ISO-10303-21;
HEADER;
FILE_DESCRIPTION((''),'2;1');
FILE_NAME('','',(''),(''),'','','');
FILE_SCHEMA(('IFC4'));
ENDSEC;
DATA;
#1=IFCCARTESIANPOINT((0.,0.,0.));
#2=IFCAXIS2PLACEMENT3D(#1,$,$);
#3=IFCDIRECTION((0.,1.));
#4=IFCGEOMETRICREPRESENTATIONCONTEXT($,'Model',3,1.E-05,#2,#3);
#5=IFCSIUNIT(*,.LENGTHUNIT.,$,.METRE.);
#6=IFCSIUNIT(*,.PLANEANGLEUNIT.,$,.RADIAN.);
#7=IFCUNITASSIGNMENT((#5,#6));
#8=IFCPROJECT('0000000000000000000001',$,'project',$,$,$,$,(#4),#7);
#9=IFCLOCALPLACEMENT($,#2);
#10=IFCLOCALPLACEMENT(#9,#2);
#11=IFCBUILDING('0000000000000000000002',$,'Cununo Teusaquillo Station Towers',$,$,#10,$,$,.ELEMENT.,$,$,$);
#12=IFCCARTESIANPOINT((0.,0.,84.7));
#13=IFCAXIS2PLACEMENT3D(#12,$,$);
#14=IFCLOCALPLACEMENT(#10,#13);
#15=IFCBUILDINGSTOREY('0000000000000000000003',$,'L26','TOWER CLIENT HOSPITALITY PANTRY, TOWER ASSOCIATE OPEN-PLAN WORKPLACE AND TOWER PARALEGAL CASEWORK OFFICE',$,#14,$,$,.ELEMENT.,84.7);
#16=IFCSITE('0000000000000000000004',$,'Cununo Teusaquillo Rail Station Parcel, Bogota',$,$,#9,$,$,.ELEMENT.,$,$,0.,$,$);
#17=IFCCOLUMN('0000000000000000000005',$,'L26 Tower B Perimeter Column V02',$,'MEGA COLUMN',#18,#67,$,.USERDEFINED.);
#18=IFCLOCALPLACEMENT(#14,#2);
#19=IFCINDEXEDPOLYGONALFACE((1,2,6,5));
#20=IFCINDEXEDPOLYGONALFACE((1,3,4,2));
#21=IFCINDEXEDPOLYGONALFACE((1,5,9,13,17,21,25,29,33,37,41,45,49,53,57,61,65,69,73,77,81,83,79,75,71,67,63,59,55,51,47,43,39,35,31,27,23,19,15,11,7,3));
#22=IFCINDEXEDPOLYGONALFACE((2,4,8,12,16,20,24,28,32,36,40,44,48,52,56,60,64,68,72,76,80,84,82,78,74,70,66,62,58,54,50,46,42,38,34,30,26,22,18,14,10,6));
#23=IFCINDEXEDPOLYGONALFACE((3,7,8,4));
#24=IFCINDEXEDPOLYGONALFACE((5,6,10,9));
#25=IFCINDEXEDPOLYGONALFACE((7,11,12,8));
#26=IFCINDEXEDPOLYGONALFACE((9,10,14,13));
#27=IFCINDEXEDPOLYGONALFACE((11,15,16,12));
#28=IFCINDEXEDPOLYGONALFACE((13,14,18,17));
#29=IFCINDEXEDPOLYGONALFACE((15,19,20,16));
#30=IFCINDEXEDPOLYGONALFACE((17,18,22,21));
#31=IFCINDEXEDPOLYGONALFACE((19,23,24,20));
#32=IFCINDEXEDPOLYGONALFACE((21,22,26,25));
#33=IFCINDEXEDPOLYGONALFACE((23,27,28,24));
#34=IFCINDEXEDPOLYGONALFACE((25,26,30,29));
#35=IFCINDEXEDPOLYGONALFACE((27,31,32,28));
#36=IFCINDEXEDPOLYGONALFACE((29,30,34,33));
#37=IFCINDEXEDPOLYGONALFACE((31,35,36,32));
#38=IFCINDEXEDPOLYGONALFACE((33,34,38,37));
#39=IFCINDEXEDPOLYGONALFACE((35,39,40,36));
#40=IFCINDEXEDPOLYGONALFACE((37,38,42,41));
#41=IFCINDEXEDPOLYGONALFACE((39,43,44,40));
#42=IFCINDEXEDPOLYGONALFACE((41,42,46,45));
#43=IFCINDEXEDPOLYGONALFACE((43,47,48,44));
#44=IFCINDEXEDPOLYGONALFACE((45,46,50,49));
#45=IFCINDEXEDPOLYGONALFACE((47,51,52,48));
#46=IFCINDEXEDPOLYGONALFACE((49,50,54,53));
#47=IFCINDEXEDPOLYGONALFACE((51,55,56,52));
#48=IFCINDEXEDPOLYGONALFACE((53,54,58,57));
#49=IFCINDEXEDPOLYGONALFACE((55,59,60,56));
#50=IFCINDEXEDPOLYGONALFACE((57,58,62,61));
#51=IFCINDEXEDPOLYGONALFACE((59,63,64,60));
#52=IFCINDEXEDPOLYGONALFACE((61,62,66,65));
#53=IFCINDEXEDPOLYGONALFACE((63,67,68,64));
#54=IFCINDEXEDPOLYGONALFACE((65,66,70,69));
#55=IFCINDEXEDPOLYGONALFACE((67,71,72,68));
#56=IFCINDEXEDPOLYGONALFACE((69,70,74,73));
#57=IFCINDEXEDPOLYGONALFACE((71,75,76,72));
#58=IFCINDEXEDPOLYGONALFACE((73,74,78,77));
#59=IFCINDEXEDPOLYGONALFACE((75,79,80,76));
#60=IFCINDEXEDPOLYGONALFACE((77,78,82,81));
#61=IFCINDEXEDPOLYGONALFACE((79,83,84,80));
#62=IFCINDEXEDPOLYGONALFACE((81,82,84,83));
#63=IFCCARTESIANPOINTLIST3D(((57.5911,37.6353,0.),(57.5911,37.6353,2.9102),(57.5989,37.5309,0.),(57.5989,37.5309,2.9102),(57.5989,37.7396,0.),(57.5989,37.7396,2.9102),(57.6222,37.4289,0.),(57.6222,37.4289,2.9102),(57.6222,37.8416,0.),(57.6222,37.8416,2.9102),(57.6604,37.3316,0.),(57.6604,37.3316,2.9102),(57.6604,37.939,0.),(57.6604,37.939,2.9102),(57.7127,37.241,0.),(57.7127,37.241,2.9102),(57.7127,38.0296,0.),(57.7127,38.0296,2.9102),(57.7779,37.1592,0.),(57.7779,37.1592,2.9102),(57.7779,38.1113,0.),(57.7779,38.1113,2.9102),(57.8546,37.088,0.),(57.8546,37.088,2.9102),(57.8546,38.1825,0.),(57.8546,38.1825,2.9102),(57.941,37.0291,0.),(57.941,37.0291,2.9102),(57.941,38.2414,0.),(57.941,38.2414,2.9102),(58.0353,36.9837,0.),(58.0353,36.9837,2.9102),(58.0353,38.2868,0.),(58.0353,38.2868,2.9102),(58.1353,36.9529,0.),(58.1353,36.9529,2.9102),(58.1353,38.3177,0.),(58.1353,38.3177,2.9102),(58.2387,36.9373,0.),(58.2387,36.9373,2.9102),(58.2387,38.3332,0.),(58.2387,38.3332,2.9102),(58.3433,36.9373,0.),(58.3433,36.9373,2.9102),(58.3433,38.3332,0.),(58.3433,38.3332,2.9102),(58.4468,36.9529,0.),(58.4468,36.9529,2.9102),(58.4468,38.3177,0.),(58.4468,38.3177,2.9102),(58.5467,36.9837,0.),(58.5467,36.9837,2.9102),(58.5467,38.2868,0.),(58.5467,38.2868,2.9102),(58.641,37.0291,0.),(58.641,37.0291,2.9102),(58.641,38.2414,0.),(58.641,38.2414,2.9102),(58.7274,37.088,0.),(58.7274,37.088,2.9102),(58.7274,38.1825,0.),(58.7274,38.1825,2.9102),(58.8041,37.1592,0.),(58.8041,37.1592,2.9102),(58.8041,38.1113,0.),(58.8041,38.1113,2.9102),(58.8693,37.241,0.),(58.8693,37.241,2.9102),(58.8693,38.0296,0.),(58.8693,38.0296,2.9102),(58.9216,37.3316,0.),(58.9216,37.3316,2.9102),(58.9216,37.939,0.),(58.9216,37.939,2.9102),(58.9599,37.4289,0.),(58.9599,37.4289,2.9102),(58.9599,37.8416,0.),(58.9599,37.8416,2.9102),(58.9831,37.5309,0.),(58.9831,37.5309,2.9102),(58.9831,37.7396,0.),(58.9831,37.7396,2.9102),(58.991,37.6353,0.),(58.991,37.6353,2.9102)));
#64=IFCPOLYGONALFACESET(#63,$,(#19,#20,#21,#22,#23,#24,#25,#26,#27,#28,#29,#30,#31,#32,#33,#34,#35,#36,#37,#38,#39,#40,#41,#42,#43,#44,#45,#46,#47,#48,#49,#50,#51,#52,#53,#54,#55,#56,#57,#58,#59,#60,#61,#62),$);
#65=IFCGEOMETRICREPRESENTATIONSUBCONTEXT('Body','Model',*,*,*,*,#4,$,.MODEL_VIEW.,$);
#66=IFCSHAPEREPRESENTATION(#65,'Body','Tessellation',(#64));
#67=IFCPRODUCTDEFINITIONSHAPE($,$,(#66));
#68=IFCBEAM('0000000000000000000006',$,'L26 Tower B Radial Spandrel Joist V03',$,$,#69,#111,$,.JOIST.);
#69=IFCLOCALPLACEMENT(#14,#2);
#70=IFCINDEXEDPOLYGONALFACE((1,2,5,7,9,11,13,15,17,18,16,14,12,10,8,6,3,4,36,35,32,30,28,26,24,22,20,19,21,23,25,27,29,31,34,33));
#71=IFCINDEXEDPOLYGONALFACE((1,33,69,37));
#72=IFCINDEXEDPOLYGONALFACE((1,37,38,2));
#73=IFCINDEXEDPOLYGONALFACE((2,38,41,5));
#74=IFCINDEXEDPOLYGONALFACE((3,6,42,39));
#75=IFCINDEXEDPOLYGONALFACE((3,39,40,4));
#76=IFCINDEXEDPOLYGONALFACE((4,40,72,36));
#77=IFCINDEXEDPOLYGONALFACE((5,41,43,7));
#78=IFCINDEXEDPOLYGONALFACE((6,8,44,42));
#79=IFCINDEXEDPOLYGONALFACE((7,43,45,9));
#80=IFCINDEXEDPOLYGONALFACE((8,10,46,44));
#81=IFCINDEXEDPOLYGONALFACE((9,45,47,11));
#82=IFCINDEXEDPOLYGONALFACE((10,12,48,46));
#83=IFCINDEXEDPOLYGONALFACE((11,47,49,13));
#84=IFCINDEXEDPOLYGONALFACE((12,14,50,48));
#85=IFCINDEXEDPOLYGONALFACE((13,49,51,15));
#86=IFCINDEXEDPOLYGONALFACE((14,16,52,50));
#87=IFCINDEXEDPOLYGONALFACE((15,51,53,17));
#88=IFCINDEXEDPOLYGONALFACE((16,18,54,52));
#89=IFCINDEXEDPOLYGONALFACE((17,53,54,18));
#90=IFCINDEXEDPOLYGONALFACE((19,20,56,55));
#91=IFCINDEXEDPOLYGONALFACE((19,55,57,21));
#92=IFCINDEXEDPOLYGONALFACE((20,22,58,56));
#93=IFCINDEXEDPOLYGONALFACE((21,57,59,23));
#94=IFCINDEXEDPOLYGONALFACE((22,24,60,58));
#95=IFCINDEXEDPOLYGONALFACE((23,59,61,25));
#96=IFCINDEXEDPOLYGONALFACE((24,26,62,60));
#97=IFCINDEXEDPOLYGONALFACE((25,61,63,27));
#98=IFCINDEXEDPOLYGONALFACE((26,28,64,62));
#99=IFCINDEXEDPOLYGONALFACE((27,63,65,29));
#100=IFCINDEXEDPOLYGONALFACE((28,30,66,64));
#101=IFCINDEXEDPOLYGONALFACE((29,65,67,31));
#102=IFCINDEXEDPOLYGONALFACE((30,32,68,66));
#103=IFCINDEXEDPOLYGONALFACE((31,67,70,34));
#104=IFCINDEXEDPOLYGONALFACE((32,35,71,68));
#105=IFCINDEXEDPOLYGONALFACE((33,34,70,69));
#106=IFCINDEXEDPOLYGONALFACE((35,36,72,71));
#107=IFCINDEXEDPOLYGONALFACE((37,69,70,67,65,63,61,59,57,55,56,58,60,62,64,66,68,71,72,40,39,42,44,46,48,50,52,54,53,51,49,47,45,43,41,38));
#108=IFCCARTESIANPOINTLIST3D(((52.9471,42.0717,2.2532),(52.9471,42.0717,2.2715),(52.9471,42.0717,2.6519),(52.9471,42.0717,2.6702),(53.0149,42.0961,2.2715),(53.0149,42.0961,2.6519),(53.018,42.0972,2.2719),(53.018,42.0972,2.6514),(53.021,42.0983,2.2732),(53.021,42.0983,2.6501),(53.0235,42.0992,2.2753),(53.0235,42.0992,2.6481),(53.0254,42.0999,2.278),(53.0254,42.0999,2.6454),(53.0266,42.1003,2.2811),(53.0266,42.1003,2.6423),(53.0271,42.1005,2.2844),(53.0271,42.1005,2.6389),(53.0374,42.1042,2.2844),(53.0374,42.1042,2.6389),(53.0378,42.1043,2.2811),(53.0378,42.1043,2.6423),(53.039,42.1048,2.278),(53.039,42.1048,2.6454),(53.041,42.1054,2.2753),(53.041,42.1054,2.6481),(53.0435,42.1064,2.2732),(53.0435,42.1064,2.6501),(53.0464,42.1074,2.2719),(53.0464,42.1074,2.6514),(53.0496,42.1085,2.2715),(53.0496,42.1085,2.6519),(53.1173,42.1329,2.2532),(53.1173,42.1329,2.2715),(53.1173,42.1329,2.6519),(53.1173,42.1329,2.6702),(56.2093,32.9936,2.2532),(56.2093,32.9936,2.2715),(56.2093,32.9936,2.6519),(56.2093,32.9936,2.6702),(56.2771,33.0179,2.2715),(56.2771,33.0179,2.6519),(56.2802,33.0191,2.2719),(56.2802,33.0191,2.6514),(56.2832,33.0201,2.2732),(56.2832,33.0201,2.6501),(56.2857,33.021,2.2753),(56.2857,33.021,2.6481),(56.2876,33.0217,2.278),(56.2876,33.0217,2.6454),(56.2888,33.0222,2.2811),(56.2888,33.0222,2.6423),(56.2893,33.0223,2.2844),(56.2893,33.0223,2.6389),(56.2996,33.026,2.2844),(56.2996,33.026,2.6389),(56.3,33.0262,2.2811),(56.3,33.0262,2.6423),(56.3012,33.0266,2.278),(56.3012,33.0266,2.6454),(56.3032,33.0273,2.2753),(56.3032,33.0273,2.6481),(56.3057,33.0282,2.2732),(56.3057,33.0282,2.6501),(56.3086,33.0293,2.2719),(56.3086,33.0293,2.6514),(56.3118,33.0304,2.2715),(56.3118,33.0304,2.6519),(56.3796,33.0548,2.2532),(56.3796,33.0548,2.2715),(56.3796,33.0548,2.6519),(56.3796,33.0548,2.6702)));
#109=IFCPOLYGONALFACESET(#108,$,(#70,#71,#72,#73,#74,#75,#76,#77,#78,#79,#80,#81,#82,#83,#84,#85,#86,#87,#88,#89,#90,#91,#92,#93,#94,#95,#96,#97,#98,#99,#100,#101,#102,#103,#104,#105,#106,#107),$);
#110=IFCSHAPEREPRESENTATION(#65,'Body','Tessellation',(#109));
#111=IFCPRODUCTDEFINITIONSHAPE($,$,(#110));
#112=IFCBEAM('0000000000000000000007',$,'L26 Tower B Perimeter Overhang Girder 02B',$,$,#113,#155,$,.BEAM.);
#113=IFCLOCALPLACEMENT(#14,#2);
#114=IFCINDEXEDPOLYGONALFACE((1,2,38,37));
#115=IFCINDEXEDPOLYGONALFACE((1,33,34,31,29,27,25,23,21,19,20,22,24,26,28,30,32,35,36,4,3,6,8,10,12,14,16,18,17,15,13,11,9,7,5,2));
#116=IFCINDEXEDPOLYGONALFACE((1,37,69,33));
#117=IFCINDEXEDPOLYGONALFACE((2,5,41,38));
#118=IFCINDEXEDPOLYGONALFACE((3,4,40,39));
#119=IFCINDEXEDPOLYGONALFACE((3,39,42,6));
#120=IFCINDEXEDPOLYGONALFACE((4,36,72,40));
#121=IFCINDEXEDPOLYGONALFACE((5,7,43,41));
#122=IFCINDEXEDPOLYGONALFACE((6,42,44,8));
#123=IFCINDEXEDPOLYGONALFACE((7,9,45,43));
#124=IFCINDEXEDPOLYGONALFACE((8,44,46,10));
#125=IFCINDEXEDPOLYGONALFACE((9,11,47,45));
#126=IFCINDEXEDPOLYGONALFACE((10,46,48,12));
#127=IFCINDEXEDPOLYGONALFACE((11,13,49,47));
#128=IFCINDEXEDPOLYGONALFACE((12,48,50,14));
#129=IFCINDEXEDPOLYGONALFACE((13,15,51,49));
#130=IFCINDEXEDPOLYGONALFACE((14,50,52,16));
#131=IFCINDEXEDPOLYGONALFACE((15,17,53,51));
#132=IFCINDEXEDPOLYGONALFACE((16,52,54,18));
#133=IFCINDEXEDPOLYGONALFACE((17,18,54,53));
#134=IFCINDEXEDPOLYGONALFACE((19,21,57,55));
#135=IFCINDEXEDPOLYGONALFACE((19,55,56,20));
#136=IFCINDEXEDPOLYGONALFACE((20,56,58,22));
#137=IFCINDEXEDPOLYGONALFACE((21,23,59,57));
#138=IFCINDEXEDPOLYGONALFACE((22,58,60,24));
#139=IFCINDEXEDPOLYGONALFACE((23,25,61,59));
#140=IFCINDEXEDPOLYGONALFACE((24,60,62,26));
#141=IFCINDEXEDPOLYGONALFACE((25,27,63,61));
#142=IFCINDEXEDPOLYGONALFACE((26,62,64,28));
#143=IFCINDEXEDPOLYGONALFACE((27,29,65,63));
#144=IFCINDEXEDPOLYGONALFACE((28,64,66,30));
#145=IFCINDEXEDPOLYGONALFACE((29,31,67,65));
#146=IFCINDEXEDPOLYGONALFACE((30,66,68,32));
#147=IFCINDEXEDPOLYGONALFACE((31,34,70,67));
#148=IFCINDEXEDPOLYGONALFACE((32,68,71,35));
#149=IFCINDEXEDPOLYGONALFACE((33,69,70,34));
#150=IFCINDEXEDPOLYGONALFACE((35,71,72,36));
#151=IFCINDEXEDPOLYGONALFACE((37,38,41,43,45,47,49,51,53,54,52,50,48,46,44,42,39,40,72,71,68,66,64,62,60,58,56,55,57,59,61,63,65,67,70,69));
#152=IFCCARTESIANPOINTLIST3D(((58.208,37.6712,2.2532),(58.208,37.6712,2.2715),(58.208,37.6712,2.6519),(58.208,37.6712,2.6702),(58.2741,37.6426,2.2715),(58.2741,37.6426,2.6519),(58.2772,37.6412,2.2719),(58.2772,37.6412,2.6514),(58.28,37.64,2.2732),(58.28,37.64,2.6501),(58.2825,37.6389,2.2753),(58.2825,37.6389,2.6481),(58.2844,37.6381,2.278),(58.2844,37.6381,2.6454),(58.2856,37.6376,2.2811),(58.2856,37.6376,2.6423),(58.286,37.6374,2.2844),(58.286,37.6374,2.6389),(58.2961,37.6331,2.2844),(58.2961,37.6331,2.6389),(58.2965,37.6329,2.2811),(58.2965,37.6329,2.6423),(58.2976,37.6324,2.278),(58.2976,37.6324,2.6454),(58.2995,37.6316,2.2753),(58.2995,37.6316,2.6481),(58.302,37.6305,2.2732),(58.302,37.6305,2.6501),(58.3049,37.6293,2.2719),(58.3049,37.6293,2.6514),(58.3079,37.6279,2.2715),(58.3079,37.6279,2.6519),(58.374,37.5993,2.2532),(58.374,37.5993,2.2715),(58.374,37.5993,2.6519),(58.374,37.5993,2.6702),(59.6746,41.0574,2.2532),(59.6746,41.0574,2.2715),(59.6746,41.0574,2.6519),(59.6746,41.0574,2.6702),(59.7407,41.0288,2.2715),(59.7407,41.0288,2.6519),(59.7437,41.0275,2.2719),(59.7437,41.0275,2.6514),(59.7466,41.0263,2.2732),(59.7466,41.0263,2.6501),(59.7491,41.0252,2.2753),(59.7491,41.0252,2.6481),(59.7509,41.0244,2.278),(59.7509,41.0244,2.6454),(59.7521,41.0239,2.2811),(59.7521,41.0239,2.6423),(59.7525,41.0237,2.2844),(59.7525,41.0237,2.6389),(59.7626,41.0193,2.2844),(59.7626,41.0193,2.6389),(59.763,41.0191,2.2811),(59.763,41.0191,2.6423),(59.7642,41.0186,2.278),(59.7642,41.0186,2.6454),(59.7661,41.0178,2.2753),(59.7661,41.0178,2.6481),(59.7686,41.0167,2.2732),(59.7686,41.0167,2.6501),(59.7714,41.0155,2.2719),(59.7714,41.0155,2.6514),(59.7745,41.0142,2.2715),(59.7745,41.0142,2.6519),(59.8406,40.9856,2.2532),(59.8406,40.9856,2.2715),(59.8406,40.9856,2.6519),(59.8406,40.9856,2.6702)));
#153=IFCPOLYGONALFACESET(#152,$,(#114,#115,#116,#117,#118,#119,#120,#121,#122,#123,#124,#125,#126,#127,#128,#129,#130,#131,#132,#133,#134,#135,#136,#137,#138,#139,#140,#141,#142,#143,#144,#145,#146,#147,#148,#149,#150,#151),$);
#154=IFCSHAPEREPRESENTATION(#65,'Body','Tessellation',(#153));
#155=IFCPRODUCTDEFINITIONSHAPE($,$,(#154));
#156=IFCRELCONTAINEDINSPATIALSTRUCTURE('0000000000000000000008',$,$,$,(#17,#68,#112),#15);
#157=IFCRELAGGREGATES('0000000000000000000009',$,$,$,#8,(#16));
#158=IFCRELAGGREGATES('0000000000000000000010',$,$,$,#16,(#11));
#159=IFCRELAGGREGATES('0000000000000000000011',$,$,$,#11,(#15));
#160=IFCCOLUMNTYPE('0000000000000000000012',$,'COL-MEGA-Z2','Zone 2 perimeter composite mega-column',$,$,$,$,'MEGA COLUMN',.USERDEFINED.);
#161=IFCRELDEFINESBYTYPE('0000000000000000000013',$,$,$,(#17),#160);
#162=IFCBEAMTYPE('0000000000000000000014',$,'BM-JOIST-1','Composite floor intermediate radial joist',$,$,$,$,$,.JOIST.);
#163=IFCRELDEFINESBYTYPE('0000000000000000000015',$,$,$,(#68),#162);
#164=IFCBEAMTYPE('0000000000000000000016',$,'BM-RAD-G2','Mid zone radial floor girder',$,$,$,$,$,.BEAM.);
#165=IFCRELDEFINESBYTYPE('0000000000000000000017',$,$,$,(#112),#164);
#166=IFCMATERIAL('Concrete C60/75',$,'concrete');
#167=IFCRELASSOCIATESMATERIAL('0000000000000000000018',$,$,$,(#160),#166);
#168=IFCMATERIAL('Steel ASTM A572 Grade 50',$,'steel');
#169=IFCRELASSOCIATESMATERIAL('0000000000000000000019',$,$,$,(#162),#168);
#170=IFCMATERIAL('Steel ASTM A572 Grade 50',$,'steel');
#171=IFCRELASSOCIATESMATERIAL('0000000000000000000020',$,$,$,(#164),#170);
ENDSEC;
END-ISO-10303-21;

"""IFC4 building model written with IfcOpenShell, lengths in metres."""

from ifc_helpers import new_model, si_unit, direction, frame, origin, origin_2d, place, context, subcontext, project, spatial, circle, i_section, extrude, material, material_profile, profile_set, type_object, element, save


model = new_model("IFC4")

# Units and contexts
model_context = context("Model", 3, precision=1e-05, world=origin(), true_north=direction((0.0, 1.0)))
body_context = subcontext(model_context, "Body", "Model", "MODEL_VIEW")
ifc_project = project(units=[si_unit("LENGTHUNIT", "METRE"), si_unit("PLANEANGLEUNIT", "RADIAN")], contexts=[model_context])

# Site, building, storey
site_placement = place(None, origin())
site = spatial("IfcSite", under=ifc_project, at=site_placement, Name="Cununo Teusaquillo Rail Station Parcel, Bogota", CompositionType="ELEMENT", RefElevation=0.0)
building_placement = place(site_placement, origin())
building = spatial("IfcBuilding", under=site, at=building_placement, Name="Cununo Teusaquillo Station Towers", CompositionType="ELEMENT")
storey_placement = place(building_placement, frame((0.0, 0.0, 84.7)))
storey = spatial("IfcBuildingStorey", under=building, at=storey_placement, Name="L26", Description="TOWER CLIENT HOSPITALITY PANTRY, TOWER ASSOCIATE OPEN-PLAN WORKPLACE AND TOWER PARALEGAL CASEWORK OFFICE", CompositionType="ELEMENT", Elevation=84.7)

# Column
ifc_material_1 = material(Name="Concrete C60/75", Category="concrete")
ifc_material_profile_1 = material_profile(ifc_material_1, circle(Radius=0.7, at=origin_2d()), Name="RC-CIRC-1400")
ifc_profile_set_1 = profile_set([ifc_material_profile_1], Name="Concrete C60/75")
column_type = type_object("IfcColumnType", Name="COL-MEGA-Z2", Description="Zone 2 perimeter composite mega-column", ElementType="MEGA COLUMN", PredefinedType="USERDEFINED", material=ifc_profile_set_1)
column_placement = place(storey_placement, frame((58.291, 37.6353, 0.0), z_axis=(0.0, 0.0, 1.0), x_axis=(1.0, 0.0, 0.0)))
element("IfcColumn", 1, at=column_placement, inside=storey, type_object=column_type, Name="L26 Tower B Perimeter Column V02", ObjectType="MEGA COLUMN", PredefinedType="USERDEFINED", context=body_context, shape_type="SweptSolid", body=[
    extrude(circle(Radius=0.7, at=origin_2d()), origin(), (0.0, 0.0, 1.0), 2.9102),
])

# Beams
ifc_material_2 = material(Name="Steel ASTM A572 Grade 50", Category="steel")
ifc_material_profile_2 = material_profile(ifc_material_2, i_section(OverallWidth=0.1809, OverallDepth=0.417, WebThickness=0.011, FlangeThickness=0.0183, FilletRadius=0.0129, at=origin_2d()), Name="W16X57")
ifc_profile_set_2 = profile_set([ifc_material_profile_2], Name="Steel ASTM A572 Grade 50")
beam_type_1 = type_object("IfcBeamType", Name="BM-JOIST-1", Description="Composite floor intermediate radial joist", PredefinedType="JOIST", material=ifc_profile_set_2)
beam_1_placement = place(storey_placement, frame((56.2944, 33.0242, 2.4617), z_axis=(-0.338176, 0.941083, 0.0), x_axis=(-0.941083, -0.338176, 0.0)))
element("IfcBeam", 2, at=beam_1_placement, inside=storey, type_object=beam_type_1, Name="L26 Tower B Radial Spandrel Joist V03", PredefinedType="JOIST", context=body_context, shape_type="SweptSolid", body=[
    extrude(i_section(OverallWidth=0.1809, OverallDepth=0.417, WebThickness=0.011, FlangeThickness=0.0183, FilletRadius=0.0129, at=origin_2d()), origin(), (0.0, 0.0, 1.0), 9.6465),
])
ifc_material_3 = material(Name="Steel ASTM A572 Grade 50", Category="steel")
ifc_material_profile_3 = material_profile(ifc_material_3, i_section(OverallWidth=0.1809, OverallDepth=0.417, WebThickness=0.011, FlangeThickness=0.0183, FilletRadius=0.0129, at=origin_2d()), Name="W16X57")
ifc_profile_set_3 = profile_set([ifc_material_profile_3], Name="Steel ASTM A572 Grade 50")
beam_type_2 = type_object("IfcBeamType", Name="BM-RAD-G2", Description="Mid zone radial floor girder", PredefinedType="BEAM", material=ifc_profile_set_3)
beam_2_placement = place(storey_placement, frame((58.291, 37.6353, 2.4617), z_axis=(0.397422, 0.917636, 0.0), x_axis=(-0.917636, 0.397422, 0.0)))
element("IfcBeam", 3, at=beam_2_placement, inside=storey, type_object=beam_type_2, Name="L26 Tower B Perimeter Overhang Girder 02B", PredefinedType="BEAM", context=body_context, shape_type="SweptSolid", body=[
    extrude(i_section(OverallWidth=0.1809, OverallDepth=0.417, WebThickness=0.011, FlangeThickness=0.0183, FilletRadius=0.0129, at=origin_2d()), origin(), (0.0, 0.0, 1.0), 3.6902),
])

save(model, "model.ifc")
